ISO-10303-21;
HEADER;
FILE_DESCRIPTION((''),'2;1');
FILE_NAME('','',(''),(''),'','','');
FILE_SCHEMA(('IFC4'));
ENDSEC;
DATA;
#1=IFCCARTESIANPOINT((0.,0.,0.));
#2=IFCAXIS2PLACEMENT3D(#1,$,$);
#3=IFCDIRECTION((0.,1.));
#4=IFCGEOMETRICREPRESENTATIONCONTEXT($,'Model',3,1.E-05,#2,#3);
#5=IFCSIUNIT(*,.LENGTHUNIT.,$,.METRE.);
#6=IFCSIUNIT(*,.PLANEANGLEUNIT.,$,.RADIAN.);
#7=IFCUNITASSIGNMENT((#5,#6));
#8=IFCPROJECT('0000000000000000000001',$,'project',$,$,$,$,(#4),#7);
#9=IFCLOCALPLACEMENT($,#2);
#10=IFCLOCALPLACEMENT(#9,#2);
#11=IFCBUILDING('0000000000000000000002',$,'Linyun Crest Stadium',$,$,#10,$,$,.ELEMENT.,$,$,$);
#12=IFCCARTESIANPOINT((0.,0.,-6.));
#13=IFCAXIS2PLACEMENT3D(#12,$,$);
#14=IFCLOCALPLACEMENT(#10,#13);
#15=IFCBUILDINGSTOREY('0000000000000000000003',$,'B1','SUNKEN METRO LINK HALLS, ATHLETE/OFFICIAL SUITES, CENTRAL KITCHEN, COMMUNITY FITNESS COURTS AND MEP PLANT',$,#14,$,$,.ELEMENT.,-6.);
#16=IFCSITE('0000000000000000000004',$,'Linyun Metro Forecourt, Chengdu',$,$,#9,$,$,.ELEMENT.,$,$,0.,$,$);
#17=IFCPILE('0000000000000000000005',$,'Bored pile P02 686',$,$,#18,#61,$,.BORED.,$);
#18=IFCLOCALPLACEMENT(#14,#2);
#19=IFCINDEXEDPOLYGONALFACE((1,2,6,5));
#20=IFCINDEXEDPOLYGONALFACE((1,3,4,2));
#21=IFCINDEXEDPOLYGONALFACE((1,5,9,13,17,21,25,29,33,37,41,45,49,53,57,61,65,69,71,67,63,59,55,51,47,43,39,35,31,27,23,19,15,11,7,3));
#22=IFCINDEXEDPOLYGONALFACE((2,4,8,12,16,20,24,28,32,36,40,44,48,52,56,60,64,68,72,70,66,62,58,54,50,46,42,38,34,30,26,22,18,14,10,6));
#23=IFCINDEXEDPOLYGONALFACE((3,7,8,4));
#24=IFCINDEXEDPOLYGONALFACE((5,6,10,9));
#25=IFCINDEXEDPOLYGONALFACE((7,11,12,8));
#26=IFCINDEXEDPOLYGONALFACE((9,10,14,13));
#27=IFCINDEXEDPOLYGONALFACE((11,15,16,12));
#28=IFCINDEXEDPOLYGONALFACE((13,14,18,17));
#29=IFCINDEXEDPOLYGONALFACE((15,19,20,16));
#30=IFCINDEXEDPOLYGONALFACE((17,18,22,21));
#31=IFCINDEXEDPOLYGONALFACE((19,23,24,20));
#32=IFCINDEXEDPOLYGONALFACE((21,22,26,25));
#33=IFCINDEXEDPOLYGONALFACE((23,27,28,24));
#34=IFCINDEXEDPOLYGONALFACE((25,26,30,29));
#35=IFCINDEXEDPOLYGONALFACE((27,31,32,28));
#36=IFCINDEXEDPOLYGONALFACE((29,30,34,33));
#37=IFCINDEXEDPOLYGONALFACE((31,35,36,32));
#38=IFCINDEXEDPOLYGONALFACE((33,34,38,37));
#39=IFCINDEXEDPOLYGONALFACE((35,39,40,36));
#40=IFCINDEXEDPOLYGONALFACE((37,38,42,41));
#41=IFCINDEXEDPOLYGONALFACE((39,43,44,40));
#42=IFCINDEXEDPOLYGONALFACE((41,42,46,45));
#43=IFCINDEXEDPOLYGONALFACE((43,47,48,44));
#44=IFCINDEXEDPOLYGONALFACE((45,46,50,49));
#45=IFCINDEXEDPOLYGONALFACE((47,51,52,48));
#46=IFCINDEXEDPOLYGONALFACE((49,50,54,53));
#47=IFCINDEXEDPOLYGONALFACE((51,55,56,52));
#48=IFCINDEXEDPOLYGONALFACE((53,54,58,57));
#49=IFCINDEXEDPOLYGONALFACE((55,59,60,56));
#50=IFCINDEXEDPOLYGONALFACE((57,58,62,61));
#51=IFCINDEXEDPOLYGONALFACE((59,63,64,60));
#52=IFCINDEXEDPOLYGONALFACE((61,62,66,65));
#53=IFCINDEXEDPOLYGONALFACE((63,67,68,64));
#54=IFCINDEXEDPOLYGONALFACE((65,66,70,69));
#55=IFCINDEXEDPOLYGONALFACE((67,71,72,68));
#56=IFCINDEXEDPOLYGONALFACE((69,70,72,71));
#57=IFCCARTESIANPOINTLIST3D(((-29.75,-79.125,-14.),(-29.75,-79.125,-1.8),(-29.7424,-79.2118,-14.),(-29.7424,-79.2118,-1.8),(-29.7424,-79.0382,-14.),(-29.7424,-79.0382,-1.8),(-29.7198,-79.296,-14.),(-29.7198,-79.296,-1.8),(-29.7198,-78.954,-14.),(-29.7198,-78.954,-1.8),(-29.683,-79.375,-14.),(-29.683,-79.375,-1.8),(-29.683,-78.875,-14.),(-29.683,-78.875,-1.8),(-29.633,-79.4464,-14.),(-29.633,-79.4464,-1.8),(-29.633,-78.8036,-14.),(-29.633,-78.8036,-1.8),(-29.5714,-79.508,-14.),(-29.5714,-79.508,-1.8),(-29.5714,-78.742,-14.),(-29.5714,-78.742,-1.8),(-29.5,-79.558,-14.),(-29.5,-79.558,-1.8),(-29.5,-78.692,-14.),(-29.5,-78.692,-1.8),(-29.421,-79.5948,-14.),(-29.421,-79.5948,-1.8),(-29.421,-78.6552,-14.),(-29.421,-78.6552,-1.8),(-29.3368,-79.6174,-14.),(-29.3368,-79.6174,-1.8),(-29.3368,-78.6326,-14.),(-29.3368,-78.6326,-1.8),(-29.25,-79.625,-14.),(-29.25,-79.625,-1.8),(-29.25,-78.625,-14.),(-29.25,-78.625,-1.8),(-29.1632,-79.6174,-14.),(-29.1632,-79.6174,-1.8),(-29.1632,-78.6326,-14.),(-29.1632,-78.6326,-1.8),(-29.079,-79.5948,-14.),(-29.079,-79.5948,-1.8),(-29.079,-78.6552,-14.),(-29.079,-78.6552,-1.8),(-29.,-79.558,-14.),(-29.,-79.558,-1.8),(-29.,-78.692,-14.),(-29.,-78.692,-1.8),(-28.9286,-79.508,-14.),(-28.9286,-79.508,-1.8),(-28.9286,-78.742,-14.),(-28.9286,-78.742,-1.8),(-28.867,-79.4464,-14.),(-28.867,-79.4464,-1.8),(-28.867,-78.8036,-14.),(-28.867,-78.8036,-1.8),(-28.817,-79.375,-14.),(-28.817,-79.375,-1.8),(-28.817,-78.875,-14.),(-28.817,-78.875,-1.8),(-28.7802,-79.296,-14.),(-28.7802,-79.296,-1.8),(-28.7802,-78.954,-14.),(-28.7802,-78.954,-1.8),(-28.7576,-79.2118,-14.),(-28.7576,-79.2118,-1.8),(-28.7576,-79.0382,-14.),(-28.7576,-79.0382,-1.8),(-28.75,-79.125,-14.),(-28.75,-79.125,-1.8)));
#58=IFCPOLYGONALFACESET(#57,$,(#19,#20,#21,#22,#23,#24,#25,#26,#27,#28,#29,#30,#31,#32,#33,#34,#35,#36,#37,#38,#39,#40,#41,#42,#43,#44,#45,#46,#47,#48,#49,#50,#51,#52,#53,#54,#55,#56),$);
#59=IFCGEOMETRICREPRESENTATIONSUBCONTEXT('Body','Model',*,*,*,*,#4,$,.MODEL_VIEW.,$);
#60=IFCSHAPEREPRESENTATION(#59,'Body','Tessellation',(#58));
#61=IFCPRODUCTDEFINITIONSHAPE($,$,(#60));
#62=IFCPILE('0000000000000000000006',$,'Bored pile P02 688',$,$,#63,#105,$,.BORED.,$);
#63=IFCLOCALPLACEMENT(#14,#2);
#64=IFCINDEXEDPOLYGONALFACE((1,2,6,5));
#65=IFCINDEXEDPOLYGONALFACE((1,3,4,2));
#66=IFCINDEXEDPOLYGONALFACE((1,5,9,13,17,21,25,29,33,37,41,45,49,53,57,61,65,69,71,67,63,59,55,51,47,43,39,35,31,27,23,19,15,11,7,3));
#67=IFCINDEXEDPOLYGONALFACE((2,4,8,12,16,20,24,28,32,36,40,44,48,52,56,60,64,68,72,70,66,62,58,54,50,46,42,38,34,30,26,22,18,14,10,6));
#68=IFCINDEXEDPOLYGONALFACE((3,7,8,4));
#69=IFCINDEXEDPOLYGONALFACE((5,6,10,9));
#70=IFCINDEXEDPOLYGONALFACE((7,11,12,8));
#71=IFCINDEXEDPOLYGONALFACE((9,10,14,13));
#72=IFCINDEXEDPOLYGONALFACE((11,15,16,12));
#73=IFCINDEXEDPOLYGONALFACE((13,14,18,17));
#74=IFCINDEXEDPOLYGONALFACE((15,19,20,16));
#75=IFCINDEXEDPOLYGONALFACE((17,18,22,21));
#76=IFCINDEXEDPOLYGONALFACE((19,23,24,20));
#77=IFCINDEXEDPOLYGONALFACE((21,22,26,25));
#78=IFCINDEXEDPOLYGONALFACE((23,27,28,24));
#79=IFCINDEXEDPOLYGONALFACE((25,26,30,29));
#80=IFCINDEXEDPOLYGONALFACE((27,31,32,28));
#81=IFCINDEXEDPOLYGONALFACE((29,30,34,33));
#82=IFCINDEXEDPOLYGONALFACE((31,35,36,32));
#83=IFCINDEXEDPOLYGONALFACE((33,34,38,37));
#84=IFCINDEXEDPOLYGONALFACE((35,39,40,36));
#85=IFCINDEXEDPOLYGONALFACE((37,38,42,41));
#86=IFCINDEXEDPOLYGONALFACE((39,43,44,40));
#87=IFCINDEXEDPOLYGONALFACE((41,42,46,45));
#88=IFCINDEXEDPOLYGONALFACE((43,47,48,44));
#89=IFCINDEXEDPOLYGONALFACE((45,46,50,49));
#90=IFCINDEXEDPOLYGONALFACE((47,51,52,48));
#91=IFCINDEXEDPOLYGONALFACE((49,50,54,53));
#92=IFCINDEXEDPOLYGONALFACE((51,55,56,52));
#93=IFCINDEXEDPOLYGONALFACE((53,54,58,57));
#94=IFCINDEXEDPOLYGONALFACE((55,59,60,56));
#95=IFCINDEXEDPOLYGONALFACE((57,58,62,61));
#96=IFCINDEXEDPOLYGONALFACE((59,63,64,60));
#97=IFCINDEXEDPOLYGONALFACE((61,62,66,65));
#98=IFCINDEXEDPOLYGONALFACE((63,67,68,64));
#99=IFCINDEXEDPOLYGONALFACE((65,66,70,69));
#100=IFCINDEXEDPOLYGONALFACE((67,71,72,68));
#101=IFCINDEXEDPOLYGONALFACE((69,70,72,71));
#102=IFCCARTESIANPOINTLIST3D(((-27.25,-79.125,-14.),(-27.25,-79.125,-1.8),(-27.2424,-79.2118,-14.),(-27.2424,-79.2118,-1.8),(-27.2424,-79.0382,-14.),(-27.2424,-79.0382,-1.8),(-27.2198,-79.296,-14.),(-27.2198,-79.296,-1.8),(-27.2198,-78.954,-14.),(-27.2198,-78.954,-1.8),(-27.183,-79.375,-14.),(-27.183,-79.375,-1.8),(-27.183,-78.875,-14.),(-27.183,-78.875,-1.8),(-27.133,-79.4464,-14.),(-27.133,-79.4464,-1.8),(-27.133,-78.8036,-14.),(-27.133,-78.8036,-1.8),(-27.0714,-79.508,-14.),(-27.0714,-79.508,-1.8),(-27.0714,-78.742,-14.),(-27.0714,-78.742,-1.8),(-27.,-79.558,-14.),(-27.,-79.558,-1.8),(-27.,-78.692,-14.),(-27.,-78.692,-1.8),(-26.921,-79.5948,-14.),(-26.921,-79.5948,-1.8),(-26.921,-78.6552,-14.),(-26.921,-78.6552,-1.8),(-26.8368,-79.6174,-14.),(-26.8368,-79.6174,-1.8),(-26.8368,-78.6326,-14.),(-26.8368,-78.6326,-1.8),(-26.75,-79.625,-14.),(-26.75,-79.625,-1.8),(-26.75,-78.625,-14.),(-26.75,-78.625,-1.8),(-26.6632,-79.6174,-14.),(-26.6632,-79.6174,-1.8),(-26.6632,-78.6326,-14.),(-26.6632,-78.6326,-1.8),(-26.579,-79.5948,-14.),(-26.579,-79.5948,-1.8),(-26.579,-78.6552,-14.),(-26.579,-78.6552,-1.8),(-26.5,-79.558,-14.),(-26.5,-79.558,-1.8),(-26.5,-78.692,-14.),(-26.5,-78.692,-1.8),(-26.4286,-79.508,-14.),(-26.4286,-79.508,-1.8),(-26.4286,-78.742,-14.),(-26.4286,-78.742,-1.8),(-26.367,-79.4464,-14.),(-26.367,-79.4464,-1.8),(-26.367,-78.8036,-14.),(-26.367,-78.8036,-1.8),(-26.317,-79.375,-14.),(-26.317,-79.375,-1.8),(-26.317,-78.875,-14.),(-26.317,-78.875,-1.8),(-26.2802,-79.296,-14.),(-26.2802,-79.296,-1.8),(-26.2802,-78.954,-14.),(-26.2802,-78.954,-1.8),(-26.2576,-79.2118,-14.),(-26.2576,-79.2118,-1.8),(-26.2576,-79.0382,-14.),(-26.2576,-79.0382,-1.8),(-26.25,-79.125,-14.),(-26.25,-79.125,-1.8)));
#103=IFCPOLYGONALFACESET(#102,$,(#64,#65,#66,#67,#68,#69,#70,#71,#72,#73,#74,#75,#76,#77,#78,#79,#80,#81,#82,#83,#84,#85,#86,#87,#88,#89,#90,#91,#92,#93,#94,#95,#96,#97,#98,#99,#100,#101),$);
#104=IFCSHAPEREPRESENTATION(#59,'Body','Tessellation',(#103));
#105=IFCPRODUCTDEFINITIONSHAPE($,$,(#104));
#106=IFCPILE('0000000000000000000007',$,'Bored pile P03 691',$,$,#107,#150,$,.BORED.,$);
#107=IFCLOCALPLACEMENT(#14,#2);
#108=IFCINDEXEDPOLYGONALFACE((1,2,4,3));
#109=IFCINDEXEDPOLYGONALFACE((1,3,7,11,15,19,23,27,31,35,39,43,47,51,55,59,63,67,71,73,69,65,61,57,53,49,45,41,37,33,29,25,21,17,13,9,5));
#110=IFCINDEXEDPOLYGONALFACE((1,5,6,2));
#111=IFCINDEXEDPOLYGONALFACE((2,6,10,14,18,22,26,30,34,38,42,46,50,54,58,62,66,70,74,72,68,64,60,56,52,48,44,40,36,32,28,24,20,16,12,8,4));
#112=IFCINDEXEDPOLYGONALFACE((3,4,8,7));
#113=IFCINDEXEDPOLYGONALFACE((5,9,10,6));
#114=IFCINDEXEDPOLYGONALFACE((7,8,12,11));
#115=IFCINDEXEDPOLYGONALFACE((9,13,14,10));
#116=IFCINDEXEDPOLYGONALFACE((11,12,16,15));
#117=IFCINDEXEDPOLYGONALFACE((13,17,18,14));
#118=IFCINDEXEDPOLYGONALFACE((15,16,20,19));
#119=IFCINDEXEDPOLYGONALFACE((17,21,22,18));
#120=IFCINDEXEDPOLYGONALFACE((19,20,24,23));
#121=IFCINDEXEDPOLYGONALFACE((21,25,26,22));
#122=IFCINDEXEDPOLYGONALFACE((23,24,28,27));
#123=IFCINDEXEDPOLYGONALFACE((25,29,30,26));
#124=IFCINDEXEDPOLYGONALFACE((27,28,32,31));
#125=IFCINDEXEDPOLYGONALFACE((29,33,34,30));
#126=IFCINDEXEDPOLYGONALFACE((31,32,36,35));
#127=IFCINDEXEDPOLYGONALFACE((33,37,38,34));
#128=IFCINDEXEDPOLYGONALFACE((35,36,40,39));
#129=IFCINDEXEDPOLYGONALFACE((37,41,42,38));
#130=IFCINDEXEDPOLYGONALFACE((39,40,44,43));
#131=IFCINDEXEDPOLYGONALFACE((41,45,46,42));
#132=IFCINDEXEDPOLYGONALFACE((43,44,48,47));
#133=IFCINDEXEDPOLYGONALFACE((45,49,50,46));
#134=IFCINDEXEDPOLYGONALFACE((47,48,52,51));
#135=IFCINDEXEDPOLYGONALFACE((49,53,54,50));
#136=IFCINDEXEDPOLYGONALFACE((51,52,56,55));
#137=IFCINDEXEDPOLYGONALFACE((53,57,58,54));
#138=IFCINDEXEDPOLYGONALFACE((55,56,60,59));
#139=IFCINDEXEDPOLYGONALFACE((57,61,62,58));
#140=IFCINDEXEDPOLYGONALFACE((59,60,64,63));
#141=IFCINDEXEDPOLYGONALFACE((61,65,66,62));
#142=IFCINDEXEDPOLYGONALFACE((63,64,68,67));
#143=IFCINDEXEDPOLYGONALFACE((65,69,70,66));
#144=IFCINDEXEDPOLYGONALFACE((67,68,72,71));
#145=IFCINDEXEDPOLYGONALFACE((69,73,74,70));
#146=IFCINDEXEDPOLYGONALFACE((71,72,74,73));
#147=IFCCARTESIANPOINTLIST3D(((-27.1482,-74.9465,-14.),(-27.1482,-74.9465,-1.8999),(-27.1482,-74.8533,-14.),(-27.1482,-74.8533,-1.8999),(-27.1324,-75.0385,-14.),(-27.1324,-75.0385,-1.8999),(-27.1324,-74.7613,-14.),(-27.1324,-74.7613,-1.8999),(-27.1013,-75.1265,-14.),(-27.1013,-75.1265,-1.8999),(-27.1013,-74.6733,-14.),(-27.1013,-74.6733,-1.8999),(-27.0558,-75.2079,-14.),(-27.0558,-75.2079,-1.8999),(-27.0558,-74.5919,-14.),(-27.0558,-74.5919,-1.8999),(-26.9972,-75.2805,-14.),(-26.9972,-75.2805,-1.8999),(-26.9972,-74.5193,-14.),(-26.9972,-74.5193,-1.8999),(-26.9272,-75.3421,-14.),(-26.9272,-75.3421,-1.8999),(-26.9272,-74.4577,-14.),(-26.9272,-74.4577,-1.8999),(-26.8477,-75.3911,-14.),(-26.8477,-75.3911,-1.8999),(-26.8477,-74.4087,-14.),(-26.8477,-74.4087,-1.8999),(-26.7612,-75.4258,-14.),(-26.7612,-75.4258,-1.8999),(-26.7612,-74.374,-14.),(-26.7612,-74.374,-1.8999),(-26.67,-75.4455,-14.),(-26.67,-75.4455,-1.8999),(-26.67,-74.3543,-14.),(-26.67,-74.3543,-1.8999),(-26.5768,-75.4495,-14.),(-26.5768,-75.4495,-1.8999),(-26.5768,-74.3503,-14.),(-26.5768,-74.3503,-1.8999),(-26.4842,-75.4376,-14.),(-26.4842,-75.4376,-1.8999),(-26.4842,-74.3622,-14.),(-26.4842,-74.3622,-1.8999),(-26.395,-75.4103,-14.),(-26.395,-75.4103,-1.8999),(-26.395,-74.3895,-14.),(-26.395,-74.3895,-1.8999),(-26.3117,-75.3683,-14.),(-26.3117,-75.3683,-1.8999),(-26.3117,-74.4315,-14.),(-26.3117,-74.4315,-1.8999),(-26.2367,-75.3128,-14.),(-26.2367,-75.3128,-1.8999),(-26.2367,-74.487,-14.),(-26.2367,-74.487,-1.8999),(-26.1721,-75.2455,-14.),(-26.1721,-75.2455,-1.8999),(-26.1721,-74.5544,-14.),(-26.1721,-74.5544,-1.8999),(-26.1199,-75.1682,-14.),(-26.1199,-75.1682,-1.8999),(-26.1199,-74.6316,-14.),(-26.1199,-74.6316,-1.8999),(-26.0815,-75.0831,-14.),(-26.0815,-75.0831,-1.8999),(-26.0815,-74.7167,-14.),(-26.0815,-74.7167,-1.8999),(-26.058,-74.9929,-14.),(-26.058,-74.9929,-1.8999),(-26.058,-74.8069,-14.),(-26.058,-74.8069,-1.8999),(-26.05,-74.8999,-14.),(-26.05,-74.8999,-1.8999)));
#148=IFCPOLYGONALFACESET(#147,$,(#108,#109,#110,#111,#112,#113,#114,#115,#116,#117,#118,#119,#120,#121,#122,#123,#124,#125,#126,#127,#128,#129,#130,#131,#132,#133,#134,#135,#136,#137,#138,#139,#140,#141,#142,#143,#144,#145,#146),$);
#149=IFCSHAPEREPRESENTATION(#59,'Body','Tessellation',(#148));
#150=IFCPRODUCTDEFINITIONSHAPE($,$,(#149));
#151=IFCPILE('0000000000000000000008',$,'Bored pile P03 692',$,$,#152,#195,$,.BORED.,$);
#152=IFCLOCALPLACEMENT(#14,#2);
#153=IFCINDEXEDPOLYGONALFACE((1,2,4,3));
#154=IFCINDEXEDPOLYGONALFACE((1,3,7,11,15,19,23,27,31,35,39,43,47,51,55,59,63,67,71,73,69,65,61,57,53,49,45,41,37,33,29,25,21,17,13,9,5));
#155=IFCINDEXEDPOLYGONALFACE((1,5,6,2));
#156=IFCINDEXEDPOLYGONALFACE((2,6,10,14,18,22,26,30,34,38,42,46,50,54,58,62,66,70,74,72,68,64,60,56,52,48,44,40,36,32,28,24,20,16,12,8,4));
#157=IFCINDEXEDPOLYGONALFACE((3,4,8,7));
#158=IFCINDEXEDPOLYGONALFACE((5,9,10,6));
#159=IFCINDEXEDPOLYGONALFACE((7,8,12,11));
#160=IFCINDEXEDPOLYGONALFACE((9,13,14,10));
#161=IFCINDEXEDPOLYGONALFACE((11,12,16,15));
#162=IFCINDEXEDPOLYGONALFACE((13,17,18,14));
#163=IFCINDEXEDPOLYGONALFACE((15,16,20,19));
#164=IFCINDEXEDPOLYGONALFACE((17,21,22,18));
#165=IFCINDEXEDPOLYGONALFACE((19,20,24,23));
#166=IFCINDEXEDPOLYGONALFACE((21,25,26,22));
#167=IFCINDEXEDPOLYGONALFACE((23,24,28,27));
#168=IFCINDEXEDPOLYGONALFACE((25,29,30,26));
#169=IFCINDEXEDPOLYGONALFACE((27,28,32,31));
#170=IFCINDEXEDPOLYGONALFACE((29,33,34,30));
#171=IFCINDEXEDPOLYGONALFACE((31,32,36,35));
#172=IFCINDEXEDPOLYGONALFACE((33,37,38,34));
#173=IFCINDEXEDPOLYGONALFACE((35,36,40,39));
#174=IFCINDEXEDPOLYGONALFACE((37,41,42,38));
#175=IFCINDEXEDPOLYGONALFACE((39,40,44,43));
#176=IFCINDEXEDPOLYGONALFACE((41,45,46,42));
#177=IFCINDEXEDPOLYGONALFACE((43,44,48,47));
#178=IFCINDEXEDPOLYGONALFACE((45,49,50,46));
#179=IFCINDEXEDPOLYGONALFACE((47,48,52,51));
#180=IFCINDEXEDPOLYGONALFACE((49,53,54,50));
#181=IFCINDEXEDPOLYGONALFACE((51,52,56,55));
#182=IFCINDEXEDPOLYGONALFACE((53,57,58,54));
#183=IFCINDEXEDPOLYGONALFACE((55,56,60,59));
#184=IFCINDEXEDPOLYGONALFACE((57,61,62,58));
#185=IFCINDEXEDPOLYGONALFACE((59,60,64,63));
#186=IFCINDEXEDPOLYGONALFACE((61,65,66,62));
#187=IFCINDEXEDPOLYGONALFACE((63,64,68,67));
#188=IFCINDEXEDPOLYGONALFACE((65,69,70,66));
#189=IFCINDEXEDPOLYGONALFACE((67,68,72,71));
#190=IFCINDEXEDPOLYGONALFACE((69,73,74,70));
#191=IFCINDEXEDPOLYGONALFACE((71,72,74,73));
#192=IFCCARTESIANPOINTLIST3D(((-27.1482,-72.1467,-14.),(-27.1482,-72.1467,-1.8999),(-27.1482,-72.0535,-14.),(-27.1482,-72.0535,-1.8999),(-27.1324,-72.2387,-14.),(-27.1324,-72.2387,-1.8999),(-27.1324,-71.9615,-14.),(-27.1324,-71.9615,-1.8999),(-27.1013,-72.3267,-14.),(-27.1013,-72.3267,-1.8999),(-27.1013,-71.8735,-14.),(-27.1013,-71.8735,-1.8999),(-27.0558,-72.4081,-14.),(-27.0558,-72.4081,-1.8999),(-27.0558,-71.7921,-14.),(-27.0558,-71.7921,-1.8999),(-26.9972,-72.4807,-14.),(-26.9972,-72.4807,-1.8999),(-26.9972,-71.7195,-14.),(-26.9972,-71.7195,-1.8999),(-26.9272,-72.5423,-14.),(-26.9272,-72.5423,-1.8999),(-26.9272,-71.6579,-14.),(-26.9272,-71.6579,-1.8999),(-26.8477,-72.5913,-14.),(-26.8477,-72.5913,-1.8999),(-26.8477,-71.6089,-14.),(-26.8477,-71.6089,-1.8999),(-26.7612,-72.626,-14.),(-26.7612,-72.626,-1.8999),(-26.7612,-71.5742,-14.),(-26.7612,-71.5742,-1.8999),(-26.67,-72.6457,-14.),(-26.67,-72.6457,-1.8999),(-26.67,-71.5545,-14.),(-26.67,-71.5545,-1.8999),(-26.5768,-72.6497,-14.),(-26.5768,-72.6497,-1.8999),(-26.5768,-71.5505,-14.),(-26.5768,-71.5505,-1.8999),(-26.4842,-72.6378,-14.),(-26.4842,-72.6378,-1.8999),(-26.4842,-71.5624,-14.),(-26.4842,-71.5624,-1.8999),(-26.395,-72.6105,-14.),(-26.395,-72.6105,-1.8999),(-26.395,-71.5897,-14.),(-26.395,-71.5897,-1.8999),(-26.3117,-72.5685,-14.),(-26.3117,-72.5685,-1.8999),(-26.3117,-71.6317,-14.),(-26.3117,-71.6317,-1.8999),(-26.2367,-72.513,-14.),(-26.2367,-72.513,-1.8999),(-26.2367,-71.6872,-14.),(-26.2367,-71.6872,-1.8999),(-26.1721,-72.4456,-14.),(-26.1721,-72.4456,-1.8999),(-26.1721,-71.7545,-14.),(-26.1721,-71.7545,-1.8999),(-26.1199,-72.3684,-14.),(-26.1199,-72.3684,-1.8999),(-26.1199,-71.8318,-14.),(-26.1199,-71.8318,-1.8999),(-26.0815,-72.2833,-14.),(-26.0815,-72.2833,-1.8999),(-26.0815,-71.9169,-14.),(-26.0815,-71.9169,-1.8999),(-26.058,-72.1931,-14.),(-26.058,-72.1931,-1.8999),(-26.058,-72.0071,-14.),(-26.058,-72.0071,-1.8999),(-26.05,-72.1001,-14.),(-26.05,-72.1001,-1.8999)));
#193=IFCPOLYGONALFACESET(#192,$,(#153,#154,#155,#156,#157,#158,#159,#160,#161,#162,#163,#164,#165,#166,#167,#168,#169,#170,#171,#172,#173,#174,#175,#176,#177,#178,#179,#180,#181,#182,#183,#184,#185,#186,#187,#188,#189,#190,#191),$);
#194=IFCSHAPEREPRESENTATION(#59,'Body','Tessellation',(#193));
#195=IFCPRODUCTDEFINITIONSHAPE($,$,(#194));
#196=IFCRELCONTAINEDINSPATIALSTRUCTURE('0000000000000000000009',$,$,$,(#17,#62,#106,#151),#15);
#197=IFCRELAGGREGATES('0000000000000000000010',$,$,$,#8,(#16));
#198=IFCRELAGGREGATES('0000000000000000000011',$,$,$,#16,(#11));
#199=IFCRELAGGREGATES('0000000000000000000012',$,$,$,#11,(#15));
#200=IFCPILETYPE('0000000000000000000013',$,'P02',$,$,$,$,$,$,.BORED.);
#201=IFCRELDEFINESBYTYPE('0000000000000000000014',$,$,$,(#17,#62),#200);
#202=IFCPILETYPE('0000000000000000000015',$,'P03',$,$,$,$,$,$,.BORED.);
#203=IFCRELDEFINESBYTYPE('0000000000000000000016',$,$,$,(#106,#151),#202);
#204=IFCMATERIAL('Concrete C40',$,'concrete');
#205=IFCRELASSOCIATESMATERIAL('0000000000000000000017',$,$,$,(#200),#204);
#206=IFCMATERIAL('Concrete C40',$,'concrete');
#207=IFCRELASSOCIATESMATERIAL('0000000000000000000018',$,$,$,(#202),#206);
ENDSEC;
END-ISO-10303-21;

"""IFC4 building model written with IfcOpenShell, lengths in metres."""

from ifc_helpers import new_model, si_unit, direction, frame, origin, origin_2d, place, context, subcontext, project, spatial, circle, extrude, material, material_profile, profile_set, type_object, element, save


model = new_model("IFC4")

# Units and contexts
model_context = context("Model", 3, precision=1e-05, world=origin(), true_north=direction((0.0, 1.0)))
body_context = subcontext(model_context, "Body", "Model", "MODEL_VIEW")
ifc_project = project(units=[si_unit("LENGTHUNIT", "METRE"), si_unit("PLANEANGLEUNIT", "RADIAN")], contexts=[model_context])

# Site, building, storey
site_placement = place(None, origin())
site = spatial("IfcSite", under=ifc_project, at=site_placement, Name="Linyun Metro Forecourt, Chengdu", CompositionType="ELEMENT", RefElevation=0.0)
building_placement = place(site_placement, origin())
building = spatial("IfcBuilding", under=site, at=building_placement, Name="Linyun Crest Stadium", CompositionType="ELEMENT")
storey_placement = place(building_placement, frame((0.0, 0.0, -6.0)))
storey = spatial("IfcBuildingStorey", under=building, at=storey_placement, Name="B1", Description="SUNKEN METRO LINK HALLS, ATHLETE/OFFICIAL SUITES, CENTRAL KITCHEN, COMMUNITY FITNESS COURTS AND MEP PLANT", CompositionType="ELEMENT", Elevation=-6.0)

# Piles
ifc_material_1 = material(Name="Concrete C40", Category="concrete")
ifc_material_profile_1 = material_profile(ifc_material_1, circle(Radius=0.5, at=origin_2d()), Name="BORED PILE 1000")
ifc_profile_set_1 = profile_set([ifc_material_profile_1], Name="Concrete C40")
pile_type_1 = type_object("IfcPileType", Name="P02", PredefinedType="BORED", material=ifc_profile_set_1)
for number, where, z_axis, x_axis, name in (
    (1, (-29.25, -79.125, -1.8), (0.0, 0.0, -1.0), (1.0, 0.0, 0.0), "Bored pile P02 686"),
    (2, (-26.75, -79.125, -1.8), (0.0, 0.0, -1.0), (1.0, 0.0, 0.0), "Bored pile P02 688"),
):
    element("IfcPile", number, at=place(storey_placement, frame(where, z_axis=z_axis, x_axis=x_axis)), inside=storey, type_object=pile_type_1, Name=name, PredefinedType="BORED", context=body_context, shape_type="SweptSolid", body=[
        extrude(circle(Radius=0.5, at=origin_2d()), origin(), (0.0, 0.0, 1.0), 12.2),
    ])
ifc_material_2 = material(Name="Concrete C40", Category="concrete")
ifc_material_profile_2 = material_profile(ifc_material_2, circle(Radius=0.55, at=origin_2d()), Name="BORED PILE 1100")
ifc_profile_set_2 = profile_set([ifc_material_profile_2], Name="Concrete C40")
pile_type_2 = type_object("IfcPileType", Name="P03", PredefinedType="BORED", material=ifc_profile_set_2)
for number, where, z_axis, x_axis, name in (
    (3, (-26.6001, -74.8999, -1.8999), (0.0, 0.0, -1.0), (1.0, 0.0, 0.0), "Bored pile P03 691"),
    (4, (-26.6001, -72.1001, -1.8999), (0.0, 0.0, -1.0), (1.0, 0.0, 0.0), "Bored pile P03 692"),
):
    element("IfcPile", number, at=place(storey_placement, frame(where, z_axis=z_axis, x_axis=x_axis)), inside=storey, type_object=pile_type_2, Name=name, PredefinedType="BORED", context=body_context, shape_type="SweptSolid", body=[
        extrude(circle(Radius=0.55, at=origin_2d()), origin(), (0.0, 0.0, 1.0), 12.1001),
    ])

save(model, "model.ifc")
